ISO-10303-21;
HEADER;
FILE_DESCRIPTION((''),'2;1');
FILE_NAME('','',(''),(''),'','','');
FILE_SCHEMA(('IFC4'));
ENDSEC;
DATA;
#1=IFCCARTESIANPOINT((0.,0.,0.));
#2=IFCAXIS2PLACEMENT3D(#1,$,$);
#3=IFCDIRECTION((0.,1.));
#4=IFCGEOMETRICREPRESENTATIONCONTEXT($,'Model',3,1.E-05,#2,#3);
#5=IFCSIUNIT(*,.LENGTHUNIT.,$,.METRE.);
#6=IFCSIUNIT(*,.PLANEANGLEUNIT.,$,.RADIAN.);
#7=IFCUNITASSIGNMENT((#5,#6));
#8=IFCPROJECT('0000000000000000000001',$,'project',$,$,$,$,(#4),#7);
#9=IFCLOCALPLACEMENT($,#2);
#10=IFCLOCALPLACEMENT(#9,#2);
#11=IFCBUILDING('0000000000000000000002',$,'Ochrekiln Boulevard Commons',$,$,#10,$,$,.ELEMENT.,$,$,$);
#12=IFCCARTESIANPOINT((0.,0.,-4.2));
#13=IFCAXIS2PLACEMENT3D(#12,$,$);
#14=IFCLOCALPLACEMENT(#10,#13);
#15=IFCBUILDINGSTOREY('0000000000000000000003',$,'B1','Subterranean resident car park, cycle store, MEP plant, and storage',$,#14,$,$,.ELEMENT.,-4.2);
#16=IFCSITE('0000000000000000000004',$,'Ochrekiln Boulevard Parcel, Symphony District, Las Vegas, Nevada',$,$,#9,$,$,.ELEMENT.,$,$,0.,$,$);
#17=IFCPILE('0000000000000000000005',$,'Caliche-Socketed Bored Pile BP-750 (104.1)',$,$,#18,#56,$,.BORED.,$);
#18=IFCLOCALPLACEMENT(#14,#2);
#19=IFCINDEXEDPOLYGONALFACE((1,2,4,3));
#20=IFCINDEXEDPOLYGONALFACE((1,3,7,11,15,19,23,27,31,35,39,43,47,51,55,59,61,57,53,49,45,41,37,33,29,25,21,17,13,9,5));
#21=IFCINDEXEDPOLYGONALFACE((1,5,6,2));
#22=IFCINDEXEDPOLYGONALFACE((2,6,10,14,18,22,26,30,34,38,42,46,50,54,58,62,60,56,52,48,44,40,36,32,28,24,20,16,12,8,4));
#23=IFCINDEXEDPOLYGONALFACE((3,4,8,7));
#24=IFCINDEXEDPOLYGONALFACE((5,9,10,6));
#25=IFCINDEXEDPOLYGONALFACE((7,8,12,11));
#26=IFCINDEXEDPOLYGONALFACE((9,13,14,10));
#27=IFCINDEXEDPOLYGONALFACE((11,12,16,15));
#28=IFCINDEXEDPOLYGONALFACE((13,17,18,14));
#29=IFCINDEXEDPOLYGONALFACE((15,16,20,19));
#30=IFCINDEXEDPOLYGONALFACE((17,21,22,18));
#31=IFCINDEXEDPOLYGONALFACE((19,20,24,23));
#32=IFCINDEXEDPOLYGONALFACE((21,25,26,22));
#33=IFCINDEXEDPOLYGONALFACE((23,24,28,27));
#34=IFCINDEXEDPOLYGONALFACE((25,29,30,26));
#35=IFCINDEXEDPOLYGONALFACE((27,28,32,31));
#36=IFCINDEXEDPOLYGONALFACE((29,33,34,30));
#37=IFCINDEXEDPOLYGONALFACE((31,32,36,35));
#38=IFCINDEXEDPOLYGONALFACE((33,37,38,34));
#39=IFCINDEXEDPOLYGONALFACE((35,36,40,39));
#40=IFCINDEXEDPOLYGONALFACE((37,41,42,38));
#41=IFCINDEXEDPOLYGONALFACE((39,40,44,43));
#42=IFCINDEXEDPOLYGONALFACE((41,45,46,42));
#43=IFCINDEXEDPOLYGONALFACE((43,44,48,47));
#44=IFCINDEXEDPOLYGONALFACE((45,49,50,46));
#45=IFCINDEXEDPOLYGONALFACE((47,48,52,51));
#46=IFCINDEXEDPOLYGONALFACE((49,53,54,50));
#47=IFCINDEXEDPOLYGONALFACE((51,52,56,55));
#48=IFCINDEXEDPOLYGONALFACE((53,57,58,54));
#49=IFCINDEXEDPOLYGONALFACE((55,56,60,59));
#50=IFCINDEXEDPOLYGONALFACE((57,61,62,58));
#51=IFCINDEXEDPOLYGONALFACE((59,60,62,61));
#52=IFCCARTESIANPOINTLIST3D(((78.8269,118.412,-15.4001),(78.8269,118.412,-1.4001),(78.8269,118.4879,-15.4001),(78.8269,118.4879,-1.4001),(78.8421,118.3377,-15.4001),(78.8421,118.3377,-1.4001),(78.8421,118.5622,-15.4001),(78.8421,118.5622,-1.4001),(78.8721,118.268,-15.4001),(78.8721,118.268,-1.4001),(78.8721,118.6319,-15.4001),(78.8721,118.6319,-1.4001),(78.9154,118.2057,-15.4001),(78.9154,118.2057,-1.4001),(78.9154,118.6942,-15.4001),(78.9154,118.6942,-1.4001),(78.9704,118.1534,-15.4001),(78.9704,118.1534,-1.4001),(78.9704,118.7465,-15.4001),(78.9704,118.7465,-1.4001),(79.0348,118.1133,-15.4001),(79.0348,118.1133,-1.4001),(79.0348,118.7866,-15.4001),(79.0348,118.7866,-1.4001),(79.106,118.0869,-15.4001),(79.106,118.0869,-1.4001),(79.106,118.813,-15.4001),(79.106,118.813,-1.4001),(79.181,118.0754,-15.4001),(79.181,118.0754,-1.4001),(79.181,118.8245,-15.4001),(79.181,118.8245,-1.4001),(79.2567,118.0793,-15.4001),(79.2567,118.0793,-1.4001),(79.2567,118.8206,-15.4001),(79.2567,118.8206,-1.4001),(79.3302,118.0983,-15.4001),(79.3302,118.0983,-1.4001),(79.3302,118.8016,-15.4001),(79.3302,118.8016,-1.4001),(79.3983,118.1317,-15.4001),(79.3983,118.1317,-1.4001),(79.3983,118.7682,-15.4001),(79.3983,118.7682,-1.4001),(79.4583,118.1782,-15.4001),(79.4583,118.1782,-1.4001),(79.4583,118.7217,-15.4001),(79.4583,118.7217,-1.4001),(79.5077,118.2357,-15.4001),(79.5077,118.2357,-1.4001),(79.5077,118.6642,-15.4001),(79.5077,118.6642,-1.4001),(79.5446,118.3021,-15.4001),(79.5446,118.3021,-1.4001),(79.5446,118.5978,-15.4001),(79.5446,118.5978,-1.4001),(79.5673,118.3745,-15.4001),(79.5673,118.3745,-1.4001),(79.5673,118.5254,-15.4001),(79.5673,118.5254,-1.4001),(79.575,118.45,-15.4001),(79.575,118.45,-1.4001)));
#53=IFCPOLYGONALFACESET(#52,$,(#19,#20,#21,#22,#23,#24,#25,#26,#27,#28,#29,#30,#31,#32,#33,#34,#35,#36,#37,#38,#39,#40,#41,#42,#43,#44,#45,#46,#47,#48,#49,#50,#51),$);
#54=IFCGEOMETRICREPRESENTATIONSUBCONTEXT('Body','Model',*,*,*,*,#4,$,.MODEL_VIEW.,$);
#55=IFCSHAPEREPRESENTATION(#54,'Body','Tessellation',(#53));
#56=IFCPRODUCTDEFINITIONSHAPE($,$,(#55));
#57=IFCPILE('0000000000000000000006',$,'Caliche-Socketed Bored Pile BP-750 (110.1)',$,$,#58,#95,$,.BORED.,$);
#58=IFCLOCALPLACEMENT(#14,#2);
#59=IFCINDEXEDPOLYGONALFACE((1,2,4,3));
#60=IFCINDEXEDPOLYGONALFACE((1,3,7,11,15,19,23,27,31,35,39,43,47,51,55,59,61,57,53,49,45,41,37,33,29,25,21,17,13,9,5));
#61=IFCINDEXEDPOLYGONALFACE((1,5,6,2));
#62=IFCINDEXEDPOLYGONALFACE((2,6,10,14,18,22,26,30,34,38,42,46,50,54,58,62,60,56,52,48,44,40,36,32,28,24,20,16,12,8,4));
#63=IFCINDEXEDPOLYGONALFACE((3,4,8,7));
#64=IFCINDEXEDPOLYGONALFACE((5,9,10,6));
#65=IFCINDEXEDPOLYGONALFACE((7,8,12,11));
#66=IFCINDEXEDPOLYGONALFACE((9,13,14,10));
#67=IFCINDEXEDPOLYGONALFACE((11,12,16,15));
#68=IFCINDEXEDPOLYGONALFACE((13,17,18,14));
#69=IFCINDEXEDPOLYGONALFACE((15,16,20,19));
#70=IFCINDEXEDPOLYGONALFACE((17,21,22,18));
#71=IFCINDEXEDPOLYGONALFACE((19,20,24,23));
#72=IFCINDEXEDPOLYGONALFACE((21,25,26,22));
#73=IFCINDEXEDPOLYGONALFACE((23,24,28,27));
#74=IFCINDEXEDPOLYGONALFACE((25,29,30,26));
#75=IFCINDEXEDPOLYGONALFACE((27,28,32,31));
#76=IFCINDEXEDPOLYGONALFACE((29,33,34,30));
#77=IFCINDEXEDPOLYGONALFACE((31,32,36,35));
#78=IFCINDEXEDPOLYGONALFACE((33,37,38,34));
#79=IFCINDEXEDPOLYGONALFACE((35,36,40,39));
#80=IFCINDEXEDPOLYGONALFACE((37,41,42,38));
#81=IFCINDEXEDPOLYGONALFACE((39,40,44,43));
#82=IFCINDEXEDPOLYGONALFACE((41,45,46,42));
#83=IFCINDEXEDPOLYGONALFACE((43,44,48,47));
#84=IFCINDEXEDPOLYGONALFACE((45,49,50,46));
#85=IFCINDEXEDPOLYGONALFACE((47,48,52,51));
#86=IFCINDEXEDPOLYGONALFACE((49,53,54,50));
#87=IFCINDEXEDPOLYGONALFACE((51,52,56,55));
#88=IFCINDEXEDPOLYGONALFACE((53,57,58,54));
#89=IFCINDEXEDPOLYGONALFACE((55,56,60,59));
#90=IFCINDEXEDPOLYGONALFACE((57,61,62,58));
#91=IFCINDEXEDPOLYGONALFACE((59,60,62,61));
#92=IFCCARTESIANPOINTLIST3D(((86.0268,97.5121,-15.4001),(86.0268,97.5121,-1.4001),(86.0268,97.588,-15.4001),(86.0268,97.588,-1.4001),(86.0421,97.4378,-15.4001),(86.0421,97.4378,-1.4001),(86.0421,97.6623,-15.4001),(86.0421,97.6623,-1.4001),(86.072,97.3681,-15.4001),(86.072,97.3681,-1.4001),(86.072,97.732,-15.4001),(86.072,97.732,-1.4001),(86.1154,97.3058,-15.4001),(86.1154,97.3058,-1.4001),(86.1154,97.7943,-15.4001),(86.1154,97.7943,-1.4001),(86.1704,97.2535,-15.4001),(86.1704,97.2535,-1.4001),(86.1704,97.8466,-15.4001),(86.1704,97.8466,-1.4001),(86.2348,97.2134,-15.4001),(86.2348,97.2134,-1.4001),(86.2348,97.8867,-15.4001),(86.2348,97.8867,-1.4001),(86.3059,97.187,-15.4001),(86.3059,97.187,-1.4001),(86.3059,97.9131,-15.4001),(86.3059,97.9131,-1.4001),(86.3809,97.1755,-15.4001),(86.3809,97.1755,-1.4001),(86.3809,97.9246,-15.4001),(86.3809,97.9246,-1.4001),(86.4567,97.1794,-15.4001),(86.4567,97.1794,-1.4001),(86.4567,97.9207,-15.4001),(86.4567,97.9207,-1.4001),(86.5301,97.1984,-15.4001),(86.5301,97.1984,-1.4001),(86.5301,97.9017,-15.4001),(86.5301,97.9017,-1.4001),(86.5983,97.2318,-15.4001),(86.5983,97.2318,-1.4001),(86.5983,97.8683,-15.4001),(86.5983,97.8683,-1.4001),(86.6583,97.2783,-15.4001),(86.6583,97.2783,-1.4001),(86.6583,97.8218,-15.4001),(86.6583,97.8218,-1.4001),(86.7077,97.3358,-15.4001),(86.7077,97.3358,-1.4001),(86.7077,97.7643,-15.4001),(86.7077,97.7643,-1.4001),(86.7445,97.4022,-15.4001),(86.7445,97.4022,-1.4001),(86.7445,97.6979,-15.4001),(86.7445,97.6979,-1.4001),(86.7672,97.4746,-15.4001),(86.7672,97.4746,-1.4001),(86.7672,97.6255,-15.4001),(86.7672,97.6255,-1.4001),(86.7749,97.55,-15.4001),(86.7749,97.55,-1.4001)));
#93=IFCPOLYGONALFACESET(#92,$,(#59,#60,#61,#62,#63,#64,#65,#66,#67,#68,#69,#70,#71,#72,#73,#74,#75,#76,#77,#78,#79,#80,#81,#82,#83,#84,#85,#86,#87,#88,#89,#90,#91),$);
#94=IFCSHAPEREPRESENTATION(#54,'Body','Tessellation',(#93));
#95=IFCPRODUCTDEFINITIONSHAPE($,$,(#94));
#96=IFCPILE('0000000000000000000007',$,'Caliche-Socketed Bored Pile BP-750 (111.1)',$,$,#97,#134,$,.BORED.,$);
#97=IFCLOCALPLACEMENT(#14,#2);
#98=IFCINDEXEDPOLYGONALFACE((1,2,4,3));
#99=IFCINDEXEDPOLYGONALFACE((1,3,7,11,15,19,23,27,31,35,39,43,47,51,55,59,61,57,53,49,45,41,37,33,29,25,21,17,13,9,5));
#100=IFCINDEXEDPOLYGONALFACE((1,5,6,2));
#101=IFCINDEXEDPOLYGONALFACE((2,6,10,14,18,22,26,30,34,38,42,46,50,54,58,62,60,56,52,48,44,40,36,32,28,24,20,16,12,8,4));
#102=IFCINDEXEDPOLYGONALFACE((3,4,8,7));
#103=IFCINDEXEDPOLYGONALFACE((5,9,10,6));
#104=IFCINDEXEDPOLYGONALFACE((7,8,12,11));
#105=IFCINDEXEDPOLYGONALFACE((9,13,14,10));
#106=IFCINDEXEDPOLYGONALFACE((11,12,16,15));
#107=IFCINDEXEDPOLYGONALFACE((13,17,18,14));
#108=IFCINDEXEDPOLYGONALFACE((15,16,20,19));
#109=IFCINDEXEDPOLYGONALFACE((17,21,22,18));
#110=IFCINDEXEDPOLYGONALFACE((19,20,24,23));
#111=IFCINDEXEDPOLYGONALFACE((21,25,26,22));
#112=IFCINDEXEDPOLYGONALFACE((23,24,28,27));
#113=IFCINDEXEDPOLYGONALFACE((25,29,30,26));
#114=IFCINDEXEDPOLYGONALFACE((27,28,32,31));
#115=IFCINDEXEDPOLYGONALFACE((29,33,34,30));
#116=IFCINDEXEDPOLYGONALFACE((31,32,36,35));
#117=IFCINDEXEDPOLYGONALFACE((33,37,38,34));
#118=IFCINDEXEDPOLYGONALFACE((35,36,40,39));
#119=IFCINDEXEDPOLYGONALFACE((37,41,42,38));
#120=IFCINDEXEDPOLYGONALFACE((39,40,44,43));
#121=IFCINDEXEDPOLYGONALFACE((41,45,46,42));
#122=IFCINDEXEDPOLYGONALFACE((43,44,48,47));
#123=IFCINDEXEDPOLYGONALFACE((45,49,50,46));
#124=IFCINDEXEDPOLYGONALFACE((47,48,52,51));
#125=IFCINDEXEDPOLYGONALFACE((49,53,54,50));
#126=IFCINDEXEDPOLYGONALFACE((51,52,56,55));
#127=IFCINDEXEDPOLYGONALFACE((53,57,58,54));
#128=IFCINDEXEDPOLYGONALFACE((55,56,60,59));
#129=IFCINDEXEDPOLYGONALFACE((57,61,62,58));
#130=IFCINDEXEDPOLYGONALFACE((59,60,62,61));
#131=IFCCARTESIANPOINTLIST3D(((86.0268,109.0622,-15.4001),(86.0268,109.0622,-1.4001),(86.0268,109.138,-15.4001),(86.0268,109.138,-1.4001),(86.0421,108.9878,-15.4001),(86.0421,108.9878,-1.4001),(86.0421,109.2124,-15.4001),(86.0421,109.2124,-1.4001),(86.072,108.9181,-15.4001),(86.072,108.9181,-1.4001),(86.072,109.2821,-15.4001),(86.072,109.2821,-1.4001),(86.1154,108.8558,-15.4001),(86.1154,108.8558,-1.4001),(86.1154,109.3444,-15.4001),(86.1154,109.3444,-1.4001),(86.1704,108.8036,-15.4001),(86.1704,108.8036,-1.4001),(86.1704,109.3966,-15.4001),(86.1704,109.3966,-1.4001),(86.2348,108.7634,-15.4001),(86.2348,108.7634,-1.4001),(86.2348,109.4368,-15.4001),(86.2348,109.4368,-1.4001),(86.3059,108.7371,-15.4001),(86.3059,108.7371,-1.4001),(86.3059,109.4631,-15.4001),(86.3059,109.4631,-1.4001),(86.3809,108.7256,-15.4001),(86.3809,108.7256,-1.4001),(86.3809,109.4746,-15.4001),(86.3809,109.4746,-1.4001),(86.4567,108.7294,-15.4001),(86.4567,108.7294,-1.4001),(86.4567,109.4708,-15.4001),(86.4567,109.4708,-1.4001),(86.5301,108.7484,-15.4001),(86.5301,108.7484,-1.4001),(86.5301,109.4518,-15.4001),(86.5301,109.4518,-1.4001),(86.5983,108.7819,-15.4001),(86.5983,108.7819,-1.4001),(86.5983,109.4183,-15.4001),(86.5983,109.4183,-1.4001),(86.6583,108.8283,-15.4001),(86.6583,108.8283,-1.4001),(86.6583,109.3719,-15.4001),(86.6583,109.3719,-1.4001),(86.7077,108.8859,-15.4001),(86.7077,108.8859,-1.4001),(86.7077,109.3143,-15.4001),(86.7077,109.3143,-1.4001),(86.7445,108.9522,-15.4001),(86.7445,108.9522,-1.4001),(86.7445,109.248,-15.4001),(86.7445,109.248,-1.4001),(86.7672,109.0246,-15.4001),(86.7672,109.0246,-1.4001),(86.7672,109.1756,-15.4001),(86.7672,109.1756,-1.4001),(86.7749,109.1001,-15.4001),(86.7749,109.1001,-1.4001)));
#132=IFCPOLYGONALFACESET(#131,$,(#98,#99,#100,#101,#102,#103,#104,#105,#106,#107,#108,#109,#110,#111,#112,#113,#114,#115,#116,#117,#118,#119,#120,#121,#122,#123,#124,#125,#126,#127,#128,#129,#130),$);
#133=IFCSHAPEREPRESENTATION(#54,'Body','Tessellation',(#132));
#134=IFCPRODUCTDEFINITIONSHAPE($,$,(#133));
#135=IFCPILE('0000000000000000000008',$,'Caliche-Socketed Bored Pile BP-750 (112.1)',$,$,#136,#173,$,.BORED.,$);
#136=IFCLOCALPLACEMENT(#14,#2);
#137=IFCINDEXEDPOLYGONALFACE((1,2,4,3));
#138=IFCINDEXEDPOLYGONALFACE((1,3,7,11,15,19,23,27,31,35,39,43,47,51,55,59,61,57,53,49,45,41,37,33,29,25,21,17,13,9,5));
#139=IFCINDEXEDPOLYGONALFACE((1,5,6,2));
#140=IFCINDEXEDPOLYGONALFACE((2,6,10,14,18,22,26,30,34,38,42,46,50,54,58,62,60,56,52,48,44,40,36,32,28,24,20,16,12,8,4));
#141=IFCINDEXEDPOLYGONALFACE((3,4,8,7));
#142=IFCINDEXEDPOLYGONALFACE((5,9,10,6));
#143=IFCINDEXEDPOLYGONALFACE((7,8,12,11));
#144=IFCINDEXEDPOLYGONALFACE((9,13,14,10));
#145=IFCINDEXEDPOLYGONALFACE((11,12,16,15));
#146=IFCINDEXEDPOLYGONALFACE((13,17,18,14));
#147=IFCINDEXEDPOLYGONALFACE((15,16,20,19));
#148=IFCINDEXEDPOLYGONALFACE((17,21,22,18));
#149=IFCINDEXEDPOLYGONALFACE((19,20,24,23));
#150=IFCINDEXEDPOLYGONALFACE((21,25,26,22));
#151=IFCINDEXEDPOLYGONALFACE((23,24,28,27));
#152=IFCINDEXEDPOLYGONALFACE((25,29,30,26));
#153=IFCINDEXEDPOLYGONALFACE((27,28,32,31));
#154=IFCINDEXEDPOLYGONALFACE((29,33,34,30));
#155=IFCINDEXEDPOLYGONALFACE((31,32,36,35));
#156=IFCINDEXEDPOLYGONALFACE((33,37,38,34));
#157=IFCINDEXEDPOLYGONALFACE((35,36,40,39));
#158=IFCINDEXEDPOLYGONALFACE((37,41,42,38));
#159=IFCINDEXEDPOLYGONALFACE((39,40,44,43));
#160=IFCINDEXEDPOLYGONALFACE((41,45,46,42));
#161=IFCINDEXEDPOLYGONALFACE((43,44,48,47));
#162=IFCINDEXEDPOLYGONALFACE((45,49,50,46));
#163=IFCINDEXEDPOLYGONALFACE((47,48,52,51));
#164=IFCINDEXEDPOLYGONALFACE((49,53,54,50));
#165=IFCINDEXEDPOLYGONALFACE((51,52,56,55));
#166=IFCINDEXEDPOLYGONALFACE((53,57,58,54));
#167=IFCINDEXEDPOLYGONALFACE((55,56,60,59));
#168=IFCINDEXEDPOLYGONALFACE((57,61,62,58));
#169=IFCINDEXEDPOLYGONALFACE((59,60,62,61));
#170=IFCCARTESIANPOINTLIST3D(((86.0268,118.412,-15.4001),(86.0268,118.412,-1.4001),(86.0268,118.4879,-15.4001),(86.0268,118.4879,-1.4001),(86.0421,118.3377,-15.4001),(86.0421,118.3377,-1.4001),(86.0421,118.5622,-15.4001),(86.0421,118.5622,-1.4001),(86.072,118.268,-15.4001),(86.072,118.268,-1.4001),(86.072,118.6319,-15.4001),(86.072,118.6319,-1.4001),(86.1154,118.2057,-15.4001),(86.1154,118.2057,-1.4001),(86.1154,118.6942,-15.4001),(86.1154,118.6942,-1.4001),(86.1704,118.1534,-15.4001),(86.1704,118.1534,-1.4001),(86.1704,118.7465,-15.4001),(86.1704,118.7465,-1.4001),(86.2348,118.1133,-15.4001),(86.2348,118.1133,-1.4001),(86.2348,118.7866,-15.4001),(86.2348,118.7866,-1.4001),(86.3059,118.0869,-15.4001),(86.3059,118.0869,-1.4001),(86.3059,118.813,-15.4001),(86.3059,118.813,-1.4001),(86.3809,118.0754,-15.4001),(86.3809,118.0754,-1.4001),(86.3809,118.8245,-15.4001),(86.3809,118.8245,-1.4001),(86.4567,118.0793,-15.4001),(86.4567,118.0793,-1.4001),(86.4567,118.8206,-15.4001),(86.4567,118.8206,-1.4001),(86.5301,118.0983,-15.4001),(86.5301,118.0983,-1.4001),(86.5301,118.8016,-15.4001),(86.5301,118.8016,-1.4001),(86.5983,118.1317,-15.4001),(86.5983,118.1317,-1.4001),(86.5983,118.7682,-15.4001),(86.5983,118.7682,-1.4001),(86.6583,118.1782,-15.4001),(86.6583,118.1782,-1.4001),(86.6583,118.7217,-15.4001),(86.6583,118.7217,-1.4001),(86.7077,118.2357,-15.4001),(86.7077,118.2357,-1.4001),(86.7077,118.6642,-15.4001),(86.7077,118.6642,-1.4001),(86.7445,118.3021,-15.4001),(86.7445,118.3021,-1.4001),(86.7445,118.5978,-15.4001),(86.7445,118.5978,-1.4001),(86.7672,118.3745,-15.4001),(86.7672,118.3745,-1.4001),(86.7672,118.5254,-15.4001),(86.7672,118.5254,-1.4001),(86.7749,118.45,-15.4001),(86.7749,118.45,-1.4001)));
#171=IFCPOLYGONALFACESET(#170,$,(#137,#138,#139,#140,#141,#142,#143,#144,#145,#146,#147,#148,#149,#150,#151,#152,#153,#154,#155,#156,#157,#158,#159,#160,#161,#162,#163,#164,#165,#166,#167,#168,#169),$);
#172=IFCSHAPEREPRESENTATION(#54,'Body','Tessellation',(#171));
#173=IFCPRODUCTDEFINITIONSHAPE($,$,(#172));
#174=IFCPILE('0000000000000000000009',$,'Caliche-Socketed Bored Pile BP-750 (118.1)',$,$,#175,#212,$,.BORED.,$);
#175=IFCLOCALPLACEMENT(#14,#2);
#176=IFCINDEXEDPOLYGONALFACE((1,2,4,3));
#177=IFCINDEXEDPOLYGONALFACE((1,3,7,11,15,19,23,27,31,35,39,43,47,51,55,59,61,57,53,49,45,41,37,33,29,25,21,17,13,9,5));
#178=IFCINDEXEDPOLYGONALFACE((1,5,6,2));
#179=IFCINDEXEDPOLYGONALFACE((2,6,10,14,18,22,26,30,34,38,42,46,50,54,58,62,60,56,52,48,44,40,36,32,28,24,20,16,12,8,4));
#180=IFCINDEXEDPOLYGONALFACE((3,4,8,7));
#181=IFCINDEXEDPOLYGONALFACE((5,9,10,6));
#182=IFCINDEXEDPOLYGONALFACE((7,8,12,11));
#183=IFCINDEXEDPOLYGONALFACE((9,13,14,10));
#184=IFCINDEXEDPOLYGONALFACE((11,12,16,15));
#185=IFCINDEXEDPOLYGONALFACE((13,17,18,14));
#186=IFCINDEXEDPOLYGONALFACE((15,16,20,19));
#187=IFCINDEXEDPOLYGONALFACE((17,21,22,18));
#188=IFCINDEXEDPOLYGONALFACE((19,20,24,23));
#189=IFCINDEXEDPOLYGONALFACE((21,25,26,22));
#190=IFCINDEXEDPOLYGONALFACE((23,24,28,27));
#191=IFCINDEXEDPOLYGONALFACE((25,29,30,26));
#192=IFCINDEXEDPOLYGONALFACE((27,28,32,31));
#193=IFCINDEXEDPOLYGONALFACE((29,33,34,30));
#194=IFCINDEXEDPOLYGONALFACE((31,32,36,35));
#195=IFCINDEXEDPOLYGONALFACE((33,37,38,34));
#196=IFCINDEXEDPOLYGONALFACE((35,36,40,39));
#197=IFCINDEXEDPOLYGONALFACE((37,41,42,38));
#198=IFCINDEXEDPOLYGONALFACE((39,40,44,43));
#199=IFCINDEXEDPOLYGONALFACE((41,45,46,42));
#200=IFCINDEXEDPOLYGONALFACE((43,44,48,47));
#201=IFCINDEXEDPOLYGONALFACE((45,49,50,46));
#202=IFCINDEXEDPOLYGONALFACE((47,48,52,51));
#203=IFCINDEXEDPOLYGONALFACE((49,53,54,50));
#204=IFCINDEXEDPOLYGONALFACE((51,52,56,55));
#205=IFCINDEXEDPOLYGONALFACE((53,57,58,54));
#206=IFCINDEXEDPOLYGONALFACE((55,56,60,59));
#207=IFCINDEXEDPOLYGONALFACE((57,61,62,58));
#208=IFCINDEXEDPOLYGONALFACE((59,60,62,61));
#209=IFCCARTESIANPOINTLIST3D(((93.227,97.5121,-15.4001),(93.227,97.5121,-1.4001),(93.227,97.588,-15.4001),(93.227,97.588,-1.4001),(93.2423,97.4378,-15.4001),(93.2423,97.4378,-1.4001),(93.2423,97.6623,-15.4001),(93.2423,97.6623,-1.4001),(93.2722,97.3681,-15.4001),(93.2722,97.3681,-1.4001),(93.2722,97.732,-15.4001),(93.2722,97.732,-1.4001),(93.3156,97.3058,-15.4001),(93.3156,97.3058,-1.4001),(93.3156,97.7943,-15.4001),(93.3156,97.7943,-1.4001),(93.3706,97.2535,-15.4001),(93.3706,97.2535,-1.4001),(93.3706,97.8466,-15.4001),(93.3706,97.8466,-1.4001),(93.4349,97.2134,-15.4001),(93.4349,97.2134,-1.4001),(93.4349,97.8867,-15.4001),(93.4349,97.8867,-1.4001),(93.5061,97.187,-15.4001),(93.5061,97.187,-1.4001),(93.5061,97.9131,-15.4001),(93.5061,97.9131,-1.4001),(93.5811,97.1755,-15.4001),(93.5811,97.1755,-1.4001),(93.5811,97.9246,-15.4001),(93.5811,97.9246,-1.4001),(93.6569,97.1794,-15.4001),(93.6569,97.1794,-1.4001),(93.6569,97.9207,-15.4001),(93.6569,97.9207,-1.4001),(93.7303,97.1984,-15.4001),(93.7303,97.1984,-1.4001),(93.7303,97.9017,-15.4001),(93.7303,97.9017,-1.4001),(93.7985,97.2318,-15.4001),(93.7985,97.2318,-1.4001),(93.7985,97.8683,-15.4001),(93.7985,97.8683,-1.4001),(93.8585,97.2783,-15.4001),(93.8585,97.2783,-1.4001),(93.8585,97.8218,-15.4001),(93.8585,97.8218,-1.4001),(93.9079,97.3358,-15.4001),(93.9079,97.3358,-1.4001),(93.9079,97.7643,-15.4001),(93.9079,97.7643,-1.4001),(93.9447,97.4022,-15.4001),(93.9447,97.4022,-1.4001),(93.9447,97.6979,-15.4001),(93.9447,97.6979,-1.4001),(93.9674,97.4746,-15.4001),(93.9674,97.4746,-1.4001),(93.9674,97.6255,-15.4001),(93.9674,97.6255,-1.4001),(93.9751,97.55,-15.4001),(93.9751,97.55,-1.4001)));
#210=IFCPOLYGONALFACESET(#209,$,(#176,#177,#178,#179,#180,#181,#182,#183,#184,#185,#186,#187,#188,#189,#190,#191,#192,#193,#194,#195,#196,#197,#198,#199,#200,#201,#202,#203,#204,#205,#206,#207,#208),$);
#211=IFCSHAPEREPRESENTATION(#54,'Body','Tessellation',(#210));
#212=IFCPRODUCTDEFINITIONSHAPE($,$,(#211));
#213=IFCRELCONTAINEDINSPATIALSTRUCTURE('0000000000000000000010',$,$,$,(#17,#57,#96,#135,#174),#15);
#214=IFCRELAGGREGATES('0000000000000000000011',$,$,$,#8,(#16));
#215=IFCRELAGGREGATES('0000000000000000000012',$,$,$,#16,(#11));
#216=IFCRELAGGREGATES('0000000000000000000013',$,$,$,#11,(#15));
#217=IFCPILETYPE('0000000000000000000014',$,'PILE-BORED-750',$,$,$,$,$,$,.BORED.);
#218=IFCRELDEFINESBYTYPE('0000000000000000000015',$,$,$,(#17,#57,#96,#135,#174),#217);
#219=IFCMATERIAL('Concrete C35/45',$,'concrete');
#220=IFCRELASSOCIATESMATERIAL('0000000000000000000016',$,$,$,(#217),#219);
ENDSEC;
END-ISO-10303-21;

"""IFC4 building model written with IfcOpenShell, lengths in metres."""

from ifc_helpers import new_model, si_unit, direction, frame, origin, origin_2d, place, context, subcontext, project, spatial, circle, extrude, material, material_profile, profile_set, type_object, element, save


model = new_model("IFC4")

# Units and contexts
model_context = context("Model", 3, precision=1e-05, world=origin(), true_north=direction((0.0, 1.0)))
body_context = subcontext(model_context, "Body", "Model", "MODEL_VIEW")
ifc_project = project(units=[si_unit("LENGTHUNIT", "METRE"), si_unit("PLANEANGLEUNIT", "RADIAN")], contexts=[model_context])

# Site, building, storey
site_placement = place(None, origin())
site = spatial("IfcSite", under=ifc_project, at=site_placement, Name="Ochrekiln Boulevard Parcel, Symphony District, Las Vegas, Nevada", CompositionType="ELEMENT", RefElevation=0.0)
building_placement = place(site_placement, origin())
building = spatial("IfcBuilding", under=site, at=building_placement, Name="Ochrekiln Boulevard Commons", CompositionType="ELEMENT")
storey_placement = place(building_placement, frame((0.0, 0.0, -4.2)))
storey = spatial("IfcBuildingStorey", under=building, at=storey_placement, Name="B1", Description="Subterranean resident car park, cycle store, MEP plant, and storage", CompositionType="ELEMENT", Elevation=-4.2)

# Shared definitions
ifc_material = material(Name="Concrete C35/45", Category="concrete")

# Piles
ifc_material_profile_1 = material_profile(ifc_material, circle(Radius=0.375, at=origin_2d()), Name="PILE-D750")
ifc_profile_set_1 = profile_set([ifc_material_profile_1], Name="Concrete C35/45")
pile_type = type_object("IfcPileType", Name="PILE-BORED-750", PredefinedType="BORED", material=ifc_profile_set_1)
for number, where, z_axis, x_axis, name in (
    (1, (79.2, 118.45, -1.4001), (0.0, 0.0, -1.0), (1.0, 0.0, 0.0), "Caliche-Socketed Bored Pile BP-750 (104.1)"),
    (2, (86.3999, 97.55, -1.4001), (0.0, 0.0, -1.0), (1.0, 0.0, 0.0), "Caliche-Socketed Bored Pile BP-750 (110.1)"),
    (3, (86.3999, 109.1001, -1.4001), (0.0, 0.0, -1.0), (1.0, 0.0, 0.0), "Caliche-Socketed Bored Pile BP-750 (111.1)"),
    (4, (86.3999, 118.45, -1.4001), (0.0, 0.0, -1.0), (1.0, 0.0, 0.0), "Caliche-Socketed Bored Pile BP-750 (112.1)"),
    (5, (93.6001, 97.55, -1.4001), (0.0, 0.0, -1.0), (1.0, 0.0, 0.0), "Caliche-Socketed Bored Pile BP-750 (118.1)"),
):
    element("IfcPile", number, at=place(storey_placement, frame(where, z_axis=z_axis, x_axis=x_axis)), inside=storey, type_object=pile_type, Name=name, PredefinedType="BORED", context=body_context, shape_type="SweptSolid", body=[
        extrude(circle(Radius=0.375, at=origin_2d()), origin(), (0.0, 0.0, 1.0), 14.0),
    ])

save(model, "model.ifc")
